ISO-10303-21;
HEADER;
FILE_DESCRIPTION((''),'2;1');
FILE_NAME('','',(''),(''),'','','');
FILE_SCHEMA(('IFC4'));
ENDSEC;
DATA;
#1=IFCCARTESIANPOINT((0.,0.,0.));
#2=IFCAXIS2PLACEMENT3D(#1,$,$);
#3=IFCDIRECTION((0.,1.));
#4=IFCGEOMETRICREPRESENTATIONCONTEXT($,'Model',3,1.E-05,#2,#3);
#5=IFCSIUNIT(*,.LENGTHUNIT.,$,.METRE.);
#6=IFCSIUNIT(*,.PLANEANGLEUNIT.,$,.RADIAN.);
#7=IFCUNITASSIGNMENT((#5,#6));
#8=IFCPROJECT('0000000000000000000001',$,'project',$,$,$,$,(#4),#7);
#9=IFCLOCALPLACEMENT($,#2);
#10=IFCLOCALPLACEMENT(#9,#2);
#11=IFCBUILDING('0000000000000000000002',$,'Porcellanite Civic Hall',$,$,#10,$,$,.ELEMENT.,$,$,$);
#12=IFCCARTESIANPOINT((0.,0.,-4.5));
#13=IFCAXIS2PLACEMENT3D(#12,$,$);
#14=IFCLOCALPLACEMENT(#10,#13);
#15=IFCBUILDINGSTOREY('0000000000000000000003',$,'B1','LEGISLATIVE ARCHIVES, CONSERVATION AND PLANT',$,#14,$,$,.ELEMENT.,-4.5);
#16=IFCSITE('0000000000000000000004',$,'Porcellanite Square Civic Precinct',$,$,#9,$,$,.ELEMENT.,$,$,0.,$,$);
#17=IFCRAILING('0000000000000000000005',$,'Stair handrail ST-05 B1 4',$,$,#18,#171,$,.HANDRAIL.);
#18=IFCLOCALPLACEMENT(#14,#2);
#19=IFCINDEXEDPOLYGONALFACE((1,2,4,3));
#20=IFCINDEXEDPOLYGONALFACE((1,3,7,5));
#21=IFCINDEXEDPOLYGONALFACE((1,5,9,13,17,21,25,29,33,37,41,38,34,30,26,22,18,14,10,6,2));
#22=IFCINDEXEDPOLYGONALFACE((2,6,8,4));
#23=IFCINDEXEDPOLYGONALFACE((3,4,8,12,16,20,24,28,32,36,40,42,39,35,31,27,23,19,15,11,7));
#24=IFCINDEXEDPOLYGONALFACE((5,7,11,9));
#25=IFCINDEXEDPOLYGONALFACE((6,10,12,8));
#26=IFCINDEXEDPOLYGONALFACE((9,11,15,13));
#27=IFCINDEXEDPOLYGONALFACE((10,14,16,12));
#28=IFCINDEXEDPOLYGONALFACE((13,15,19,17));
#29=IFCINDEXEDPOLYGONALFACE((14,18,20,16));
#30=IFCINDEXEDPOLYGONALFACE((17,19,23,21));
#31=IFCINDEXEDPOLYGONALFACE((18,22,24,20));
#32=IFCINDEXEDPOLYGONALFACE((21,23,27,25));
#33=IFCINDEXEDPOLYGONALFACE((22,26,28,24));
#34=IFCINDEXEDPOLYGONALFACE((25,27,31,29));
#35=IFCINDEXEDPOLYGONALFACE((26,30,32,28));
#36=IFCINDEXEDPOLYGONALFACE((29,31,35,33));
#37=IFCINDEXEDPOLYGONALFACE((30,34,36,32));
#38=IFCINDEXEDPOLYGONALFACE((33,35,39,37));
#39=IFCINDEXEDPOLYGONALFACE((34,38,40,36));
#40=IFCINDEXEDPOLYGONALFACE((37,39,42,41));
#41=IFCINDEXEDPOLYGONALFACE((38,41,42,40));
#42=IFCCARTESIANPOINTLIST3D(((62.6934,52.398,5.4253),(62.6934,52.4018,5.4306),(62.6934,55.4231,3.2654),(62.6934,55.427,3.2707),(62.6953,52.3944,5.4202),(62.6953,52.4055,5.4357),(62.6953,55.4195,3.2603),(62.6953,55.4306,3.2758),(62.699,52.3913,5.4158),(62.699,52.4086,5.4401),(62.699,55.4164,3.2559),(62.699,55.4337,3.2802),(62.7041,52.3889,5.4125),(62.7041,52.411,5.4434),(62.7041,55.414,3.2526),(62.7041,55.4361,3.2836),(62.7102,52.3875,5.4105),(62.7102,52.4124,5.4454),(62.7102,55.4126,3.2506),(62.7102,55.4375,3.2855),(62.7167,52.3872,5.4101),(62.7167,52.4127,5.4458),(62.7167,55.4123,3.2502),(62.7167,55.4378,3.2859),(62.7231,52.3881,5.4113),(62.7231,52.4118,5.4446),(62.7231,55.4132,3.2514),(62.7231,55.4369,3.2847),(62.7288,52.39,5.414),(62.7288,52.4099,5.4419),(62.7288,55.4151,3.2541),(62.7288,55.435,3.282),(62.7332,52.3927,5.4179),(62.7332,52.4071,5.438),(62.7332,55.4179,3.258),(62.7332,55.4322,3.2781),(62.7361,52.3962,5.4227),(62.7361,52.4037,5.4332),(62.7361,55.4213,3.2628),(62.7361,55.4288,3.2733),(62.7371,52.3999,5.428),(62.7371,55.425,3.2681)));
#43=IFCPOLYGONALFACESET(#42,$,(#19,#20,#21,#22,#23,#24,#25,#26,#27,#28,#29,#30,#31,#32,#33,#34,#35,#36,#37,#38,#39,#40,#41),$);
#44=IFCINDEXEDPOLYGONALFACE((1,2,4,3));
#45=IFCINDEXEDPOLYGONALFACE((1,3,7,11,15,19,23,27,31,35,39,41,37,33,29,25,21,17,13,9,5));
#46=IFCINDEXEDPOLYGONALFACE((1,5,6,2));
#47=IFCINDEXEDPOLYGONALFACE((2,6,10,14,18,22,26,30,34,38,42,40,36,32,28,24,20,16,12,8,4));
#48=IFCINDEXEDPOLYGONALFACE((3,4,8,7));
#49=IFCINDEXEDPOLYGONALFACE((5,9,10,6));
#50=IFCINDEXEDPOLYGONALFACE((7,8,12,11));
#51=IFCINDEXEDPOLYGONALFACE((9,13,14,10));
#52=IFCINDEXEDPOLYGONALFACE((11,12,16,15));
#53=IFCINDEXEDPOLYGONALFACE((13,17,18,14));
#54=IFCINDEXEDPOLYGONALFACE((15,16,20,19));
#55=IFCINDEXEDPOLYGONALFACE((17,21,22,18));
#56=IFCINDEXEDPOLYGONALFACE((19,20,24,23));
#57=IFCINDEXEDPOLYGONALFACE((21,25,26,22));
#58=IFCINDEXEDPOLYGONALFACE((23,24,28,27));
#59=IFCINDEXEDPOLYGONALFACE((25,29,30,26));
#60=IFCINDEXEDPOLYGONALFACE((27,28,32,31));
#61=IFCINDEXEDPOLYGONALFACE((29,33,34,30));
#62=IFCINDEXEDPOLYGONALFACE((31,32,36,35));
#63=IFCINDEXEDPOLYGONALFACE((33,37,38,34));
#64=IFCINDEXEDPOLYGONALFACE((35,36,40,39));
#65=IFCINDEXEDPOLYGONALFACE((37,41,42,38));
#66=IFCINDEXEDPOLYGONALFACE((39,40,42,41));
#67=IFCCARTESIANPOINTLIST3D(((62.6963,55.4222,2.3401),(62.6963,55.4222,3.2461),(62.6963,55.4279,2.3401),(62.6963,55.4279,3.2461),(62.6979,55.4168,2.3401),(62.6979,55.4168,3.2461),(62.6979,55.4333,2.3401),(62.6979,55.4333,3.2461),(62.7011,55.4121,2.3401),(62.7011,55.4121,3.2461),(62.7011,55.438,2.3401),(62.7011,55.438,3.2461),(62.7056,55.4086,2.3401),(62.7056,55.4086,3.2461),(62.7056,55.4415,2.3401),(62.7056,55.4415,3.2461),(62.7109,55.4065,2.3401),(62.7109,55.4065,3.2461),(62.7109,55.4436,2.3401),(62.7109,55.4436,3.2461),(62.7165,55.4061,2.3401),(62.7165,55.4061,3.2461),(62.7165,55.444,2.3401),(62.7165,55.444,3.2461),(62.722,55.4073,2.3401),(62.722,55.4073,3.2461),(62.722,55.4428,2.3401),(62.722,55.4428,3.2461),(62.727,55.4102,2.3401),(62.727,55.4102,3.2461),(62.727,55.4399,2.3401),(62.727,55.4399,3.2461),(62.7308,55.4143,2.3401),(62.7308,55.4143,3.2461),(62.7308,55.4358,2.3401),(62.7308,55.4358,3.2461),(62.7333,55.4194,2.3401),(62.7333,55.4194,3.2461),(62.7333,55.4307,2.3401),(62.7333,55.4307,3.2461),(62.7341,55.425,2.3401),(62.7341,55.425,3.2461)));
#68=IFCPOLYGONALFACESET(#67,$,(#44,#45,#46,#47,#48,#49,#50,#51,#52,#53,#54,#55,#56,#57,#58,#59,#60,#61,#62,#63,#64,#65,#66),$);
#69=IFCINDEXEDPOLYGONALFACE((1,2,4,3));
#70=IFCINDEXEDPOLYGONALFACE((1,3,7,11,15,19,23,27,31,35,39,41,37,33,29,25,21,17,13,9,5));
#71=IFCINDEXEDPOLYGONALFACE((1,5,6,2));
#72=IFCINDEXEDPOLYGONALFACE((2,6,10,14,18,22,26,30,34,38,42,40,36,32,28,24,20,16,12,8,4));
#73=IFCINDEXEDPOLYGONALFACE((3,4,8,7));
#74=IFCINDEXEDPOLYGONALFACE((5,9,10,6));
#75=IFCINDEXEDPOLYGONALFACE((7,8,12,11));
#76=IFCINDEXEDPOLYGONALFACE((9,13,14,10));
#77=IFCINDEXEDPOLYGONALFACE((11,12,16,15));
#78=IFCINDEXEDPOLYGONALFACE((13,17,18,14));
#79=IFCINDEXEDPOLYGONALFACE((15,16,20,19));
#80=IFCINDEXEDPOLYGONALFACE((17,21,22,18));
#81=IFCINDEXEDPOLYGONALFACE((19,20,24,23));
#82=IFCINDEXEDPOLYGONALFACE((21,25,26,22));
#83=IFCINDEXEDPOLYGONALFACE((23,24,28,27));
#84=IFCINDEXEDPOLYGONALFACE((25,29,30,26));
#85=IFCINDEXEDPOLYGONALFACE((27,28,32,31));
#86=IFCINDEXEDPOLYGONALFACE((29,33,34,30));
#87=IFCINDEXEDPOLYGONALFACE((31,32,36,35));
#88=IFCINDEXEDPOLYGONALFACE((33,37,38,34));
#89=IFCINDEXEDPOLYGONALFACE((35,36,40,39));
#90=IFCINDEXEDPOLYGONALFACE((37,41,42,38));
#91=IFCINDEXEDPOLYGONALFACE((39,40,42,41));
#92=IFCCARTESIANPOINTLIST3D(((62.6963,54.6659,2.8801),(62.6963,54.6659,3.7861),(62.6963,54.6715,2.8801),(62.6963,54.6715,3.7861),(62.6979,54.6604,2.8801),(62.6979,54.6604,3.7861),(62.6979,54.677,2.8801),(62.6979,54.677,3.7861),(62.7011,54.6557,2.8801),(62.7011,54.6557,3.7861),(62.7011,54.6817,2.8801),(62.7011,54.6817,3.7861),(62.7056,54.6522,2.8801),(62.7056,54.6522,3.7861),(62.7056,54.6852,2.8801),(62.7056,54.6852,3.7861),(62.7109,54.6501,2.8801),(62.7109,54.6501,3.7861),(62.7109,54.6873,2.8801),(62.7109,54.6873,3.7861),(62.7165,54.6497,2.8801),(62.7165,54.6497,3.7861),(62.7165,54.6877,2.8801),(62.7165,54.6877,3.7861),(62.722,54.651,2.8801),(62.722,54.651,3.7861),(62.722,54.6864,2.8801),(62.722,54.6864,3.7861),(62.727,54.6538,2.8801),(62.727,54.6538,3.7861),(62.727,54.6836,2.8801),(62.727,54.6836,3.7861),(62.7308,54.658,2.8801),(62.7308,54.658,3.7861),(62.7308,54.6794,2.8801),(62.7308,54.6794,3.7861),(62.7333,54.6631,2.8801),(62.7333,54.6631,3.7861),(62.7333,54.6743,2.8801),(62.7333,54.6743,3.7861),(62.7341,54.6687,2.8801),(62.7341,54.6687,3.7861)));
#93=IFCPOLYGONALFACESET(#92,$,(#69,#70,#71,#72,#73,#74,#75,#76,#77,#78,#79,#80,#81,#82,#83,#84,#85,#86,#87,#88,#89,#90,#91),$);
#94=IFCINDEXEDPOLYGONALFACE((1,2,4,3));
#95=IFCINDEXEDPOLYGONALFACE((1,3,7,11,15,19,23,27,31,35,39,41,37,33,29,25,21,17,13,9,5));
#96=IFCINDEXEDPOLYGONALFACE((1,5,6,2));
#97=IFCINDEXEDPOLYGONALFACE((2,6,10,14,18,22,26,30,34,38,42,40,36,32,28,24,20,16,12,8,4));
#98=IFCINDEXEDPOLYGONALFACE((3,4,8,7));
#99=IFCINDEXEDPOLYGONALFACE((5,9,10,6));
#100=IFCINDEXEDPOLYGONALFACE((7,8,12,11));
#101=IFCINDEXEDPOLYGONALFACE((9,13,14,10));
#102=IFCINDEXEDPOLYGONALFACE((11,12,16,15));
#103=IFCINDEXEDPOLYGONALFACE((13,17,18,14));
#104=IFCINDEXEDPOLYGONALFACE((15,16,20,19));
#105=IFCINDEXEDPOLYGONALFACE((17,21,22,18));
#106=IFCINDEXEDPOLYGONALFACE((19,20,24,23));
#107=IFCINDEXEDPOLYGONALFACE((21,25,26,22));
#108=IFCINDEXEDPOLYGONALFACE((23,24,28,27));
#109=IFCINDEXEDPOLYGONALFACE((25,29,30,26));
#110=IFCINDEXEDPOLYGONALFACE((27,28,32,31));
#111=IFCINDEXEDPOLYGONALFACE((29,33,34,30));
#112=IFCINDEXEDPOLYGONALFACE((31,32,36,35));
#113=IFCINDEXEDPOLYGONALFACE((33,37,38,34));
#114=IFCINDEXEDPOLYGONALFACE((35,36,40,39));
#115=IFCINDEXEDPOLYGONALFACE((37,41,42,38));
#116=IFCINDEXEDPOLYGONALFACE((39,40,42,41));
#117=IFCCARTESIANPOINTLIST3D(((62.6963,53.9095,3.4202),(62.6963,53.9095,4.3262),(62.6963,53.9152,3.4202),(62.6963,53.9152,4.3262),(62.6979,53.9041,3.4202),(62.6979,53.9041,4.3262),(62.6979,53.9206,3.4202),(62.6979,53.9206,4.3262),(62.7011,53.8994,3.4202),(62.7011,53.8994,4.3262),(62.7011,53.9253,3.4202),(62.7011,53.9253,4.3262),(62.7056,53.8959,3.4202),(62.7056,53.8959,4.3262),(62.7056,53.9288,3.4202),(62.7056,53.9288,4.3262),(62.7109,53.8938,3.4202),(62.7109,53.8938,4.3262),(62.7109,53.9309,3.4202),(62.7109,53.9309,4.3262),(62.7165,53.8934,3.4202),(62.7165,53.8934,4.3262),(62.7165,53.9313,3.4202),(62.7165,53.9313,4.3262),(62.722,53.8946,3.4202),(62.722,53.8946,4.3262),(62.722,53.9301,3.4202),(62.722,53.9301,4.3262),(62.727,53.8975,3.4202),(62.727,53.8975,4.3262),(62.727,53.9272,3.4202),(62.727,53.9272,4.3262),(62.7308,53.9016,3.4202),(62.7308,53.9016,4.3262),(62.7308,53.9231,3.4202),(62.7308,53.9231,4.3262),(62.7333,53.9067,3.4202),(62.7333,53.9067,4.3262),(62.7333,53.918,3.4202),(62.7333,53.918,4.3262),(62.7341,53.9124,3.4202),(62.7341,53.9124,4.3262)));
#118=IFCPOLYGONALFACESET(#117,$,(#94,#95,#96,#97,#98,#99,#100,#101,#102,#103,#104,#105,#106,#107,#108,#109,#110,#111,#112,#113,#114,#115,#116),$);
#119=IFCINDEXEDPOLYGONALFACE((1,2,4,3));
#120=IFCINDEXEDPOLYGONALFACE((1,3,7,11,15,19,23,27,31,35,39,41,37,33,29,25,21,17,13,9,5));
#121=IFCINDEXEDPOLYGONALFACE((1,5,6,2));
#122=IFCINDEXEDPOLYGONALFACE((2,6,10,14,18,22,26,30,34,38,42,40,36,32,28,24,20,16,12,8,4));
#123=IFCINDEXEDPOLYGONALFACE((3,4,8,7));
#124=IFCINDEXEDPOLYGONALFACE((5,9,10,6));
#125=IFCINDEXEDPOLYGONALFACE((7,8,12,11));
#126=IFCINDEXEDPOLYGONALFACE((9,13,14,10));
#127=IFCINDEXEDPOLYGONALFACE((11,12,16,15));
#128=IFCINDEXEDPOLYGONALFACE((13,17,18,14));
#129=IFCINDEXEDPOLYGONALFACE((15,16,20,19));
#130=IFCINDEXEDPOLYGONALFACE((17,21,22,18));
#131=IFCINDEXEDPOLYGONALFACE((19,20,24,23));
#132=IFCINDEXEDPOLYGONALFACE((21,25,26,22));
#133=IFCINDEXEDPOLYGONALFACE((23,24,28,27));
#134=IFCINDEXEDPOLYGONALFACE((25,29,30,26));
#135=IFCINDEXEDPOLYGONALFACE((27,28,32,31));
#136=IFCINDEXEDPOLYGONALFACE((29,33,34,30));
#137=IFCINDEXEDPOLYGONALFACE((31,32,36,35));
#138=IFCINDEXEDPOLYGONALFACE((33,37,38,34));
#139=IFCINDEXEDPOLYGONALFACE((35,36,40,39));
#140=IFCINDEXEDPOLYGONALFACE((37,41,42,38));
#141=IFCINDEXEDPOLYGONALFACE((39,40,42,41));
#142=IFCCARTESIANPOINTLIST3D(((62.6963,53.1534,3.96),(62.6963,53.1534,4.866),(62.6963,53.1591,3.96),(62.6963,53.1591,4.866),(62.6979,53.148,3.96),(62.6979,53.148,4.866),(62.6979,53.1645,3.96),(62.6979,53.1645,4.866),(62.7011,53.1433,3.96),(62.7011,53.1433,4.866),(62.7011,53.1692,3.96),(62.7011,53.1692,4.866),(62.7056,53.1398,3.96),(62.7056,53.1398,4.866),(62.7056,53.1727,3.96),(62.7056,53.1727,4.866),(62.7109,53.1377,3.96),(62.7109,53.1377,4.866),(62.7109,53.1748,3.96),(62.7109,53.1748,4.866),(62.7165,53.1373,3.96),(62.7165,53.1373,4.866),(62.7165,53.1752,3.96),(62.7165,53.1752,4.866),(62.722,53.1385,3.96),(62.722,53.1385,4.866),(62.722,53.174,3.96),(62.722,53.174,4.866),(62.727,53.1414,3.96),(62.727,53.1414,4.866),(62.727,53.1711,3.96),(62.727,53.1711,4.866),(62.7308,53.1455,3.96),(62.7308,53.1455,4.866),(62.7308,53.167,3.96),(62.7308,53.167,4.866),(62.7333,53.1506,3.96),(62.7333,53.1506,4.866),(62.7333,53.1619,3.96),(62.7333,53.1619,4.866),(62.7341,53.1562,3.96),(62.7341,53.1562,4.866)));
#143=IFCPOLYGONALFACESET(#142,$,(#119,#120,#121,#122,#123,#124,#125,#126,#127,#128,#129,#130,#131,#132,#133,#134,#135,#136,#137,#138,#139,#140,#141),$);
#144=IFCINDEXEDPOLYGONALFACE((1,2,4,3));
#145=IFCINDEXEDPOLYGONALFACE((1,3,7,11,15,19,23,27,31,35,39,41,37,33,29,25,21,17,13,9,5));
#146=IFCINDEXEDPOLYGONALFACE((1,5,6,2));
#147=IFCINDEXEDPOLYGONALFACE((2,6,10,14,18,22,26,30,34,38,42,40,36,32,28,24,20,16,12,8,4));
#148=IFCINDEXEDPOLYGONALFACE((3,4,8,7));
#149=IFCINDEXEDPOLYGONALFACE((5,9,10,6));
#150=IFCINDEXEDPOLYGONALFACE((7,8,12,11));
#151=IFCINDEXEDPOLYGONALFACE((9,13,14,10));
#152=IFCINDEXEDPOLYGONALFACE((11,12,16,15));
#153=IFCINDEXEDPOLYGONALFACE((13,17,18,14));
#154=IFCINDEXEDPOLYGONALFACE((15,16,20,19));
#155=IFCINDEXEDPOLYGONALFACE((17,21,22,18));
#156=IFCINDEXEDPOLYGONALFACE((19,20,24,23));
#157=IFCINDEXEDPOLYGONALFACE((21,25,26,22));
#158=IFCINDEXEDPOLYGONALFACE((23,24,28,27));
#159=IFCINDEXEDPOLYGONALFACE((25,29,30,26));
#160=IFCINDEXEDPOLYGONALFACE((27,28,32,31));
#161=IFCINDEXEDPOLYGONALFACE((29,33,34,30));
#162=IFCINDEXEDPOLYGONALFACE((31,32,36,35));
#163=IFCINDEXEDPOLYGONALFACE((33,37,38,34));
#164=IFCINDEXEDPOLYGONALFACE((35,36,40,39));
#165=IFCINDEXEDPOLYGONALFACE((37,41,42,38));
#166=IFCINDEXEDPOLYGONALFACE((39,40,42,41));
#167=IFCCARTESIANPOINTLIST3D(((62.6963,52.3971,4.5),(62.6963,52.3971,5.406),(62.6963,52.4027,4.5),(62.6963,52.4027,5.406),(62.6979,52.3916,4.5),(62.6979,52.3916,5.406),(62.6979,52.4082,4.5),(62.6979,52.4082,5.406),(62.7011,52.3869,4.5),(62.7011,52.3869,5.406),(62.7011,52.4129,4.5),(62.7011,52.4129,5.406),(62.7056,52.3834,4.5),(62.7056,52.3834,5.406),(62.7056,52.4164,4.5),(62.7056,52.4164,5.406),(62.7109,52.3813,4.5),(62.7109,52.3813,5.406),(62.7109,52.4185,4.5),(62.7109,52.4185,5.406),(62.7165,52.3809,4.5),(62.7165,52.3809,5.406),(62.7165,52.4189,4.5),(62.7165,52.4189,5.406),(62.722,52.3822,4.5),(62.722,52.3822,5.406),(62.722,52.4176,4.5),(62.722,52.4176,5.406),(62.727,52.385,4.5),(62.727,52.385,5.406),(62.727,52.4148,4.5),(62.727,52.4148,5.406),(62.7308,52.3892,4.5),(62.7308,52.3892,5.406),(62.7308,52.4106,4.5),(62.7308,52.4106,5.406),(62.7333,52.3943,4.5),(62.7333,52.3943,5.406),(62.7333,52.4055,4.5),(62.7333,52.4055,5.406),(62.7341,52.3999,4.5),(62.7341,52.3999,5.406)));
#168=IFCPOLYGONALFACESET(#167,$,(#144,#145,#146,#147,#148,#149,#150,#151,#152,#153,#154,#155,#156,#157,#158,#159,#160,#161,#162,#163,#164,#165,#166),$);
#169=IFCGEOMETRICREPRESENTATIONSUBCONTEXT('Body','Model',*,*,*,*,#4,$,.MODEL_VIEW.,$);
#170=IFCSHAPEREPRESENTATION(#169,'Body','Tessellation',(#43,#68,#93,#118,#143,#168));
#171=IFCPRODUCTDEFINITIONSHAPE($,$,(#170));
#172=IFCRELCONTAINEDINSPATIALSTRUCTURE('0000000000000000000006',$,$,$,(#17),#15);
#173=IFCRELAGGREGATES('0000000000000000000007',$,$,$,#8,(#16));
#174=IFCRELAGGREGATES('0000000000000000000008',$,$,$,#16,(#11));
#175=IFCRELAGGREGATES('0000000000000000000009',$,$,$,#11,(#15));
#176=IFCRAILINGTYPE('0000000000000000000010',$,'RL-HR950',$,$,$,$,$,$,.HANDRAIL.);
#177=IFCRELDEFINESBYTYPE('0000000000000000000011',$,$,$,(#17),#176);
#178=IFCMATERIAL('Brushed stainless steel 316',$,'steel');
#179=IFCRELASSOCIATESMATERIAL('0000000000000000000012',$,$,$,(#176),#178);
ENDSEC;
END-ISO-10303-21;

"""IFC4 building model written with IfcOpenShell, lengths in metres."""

from ifc_helpers import new_model, si_unit, direction, frame, origin, origin_2d, place, context, subcontext, project, spatial, circle, extrude, material, type_object, element, save


model = new_model("IFC4")

# Units and contexts
model_context = context("Model", 3, precision=1e-05, world=origin(), true_north=direction((0.0, 1.0)))
body_context = subcontext(model_context, "Body", "Model", "MODEL_VIEW")
ifc_project = project(units=[si_unit("LENGTHUNIT", "METRE"), si_unit("PLANEANGLEUNIT", "RADIAN")], contexts=[model_context])

# Site, building, storey
site_placement = place(None, origin())
site = spatial("IfcSite", under=ifc_project, at=site_placement, Name="Porcellanite Square Civic Precinct", CompositionType="ELEMENT", RefElevation=0.0)
building_placement = place(site_placement, origin())
building = spatial("IfcBuilding", under=site, at=building_placement, Name="Porcellanite Civic Hall", CompositionType="ELEMENT")
storey_placement = place(building_placement, frame((0.0, 0.0, -4.5)))
storey = spatial("IfcBuildingStorey", under=building, at=storey_placement, Name="B1", Description="LEGISLATIVE ARCHIVES, CONSERVATION AND PLANT", CompositionType="ELEMENT", Elevation=-4.5)

# Railing
ifc_material_1 = material(Name="Brushed stainless steel 316", Category="steel")
railing_type_1 = type_object("IfcRailingType", Name="RL-HR950", PredefinedType="HANDRAIL", material=ifc_material_1)
railing_1_placement = place(storey_placement, frame((62.7151, 55.425, 2.3401)))
element("IfcRailing", 1, at=railing_1_placement, inside=storey, type_object=railing_type_1, Name="Stair handrail ST-05 B1 4", PredefinedType="HANDRAIL", context=body_context, shape_type="SweptSolid", body=[
    extrude(circle(Radius=0.022, at=origin_2d()), frame((0.0, 0.0, 0.928), z_axis=(0.0, -0.813849, 0.581077), x_axis=(1.0, 0.0, 0.0)), (0.0, 0.0, 1.0), 3.717),
    extrude(circle(Radius=0.019, at=origin_2d()), origin(), (0.0, 0.0, 1.0), 0.906),
    extrude(circle(Radius=0.019, at=origin_2d()), frame((0.0, -0.7563, 0.54)), (0.0, 0.0, 1.0), 0.906),
    extrude(circle(Radius=0.019, at=origin_2d()), frame((0.0, -1.5127, 1.0801)), (0.0, 0.0, 1.0), 0.906),
    extrude(circle(Radius=0.019, at=origin_2d()), frame((0.0, -2.2688, 1.6199)), (0.0, 0.0, 1.0), 0.906),
    extrude(circle(Radius=0.019, at=origin_2d()), frame((0.0, -3.0251, 2.1599)), (0.0, 0.0, 1.0), 0.906),
])

save(model, "model.ifc")
